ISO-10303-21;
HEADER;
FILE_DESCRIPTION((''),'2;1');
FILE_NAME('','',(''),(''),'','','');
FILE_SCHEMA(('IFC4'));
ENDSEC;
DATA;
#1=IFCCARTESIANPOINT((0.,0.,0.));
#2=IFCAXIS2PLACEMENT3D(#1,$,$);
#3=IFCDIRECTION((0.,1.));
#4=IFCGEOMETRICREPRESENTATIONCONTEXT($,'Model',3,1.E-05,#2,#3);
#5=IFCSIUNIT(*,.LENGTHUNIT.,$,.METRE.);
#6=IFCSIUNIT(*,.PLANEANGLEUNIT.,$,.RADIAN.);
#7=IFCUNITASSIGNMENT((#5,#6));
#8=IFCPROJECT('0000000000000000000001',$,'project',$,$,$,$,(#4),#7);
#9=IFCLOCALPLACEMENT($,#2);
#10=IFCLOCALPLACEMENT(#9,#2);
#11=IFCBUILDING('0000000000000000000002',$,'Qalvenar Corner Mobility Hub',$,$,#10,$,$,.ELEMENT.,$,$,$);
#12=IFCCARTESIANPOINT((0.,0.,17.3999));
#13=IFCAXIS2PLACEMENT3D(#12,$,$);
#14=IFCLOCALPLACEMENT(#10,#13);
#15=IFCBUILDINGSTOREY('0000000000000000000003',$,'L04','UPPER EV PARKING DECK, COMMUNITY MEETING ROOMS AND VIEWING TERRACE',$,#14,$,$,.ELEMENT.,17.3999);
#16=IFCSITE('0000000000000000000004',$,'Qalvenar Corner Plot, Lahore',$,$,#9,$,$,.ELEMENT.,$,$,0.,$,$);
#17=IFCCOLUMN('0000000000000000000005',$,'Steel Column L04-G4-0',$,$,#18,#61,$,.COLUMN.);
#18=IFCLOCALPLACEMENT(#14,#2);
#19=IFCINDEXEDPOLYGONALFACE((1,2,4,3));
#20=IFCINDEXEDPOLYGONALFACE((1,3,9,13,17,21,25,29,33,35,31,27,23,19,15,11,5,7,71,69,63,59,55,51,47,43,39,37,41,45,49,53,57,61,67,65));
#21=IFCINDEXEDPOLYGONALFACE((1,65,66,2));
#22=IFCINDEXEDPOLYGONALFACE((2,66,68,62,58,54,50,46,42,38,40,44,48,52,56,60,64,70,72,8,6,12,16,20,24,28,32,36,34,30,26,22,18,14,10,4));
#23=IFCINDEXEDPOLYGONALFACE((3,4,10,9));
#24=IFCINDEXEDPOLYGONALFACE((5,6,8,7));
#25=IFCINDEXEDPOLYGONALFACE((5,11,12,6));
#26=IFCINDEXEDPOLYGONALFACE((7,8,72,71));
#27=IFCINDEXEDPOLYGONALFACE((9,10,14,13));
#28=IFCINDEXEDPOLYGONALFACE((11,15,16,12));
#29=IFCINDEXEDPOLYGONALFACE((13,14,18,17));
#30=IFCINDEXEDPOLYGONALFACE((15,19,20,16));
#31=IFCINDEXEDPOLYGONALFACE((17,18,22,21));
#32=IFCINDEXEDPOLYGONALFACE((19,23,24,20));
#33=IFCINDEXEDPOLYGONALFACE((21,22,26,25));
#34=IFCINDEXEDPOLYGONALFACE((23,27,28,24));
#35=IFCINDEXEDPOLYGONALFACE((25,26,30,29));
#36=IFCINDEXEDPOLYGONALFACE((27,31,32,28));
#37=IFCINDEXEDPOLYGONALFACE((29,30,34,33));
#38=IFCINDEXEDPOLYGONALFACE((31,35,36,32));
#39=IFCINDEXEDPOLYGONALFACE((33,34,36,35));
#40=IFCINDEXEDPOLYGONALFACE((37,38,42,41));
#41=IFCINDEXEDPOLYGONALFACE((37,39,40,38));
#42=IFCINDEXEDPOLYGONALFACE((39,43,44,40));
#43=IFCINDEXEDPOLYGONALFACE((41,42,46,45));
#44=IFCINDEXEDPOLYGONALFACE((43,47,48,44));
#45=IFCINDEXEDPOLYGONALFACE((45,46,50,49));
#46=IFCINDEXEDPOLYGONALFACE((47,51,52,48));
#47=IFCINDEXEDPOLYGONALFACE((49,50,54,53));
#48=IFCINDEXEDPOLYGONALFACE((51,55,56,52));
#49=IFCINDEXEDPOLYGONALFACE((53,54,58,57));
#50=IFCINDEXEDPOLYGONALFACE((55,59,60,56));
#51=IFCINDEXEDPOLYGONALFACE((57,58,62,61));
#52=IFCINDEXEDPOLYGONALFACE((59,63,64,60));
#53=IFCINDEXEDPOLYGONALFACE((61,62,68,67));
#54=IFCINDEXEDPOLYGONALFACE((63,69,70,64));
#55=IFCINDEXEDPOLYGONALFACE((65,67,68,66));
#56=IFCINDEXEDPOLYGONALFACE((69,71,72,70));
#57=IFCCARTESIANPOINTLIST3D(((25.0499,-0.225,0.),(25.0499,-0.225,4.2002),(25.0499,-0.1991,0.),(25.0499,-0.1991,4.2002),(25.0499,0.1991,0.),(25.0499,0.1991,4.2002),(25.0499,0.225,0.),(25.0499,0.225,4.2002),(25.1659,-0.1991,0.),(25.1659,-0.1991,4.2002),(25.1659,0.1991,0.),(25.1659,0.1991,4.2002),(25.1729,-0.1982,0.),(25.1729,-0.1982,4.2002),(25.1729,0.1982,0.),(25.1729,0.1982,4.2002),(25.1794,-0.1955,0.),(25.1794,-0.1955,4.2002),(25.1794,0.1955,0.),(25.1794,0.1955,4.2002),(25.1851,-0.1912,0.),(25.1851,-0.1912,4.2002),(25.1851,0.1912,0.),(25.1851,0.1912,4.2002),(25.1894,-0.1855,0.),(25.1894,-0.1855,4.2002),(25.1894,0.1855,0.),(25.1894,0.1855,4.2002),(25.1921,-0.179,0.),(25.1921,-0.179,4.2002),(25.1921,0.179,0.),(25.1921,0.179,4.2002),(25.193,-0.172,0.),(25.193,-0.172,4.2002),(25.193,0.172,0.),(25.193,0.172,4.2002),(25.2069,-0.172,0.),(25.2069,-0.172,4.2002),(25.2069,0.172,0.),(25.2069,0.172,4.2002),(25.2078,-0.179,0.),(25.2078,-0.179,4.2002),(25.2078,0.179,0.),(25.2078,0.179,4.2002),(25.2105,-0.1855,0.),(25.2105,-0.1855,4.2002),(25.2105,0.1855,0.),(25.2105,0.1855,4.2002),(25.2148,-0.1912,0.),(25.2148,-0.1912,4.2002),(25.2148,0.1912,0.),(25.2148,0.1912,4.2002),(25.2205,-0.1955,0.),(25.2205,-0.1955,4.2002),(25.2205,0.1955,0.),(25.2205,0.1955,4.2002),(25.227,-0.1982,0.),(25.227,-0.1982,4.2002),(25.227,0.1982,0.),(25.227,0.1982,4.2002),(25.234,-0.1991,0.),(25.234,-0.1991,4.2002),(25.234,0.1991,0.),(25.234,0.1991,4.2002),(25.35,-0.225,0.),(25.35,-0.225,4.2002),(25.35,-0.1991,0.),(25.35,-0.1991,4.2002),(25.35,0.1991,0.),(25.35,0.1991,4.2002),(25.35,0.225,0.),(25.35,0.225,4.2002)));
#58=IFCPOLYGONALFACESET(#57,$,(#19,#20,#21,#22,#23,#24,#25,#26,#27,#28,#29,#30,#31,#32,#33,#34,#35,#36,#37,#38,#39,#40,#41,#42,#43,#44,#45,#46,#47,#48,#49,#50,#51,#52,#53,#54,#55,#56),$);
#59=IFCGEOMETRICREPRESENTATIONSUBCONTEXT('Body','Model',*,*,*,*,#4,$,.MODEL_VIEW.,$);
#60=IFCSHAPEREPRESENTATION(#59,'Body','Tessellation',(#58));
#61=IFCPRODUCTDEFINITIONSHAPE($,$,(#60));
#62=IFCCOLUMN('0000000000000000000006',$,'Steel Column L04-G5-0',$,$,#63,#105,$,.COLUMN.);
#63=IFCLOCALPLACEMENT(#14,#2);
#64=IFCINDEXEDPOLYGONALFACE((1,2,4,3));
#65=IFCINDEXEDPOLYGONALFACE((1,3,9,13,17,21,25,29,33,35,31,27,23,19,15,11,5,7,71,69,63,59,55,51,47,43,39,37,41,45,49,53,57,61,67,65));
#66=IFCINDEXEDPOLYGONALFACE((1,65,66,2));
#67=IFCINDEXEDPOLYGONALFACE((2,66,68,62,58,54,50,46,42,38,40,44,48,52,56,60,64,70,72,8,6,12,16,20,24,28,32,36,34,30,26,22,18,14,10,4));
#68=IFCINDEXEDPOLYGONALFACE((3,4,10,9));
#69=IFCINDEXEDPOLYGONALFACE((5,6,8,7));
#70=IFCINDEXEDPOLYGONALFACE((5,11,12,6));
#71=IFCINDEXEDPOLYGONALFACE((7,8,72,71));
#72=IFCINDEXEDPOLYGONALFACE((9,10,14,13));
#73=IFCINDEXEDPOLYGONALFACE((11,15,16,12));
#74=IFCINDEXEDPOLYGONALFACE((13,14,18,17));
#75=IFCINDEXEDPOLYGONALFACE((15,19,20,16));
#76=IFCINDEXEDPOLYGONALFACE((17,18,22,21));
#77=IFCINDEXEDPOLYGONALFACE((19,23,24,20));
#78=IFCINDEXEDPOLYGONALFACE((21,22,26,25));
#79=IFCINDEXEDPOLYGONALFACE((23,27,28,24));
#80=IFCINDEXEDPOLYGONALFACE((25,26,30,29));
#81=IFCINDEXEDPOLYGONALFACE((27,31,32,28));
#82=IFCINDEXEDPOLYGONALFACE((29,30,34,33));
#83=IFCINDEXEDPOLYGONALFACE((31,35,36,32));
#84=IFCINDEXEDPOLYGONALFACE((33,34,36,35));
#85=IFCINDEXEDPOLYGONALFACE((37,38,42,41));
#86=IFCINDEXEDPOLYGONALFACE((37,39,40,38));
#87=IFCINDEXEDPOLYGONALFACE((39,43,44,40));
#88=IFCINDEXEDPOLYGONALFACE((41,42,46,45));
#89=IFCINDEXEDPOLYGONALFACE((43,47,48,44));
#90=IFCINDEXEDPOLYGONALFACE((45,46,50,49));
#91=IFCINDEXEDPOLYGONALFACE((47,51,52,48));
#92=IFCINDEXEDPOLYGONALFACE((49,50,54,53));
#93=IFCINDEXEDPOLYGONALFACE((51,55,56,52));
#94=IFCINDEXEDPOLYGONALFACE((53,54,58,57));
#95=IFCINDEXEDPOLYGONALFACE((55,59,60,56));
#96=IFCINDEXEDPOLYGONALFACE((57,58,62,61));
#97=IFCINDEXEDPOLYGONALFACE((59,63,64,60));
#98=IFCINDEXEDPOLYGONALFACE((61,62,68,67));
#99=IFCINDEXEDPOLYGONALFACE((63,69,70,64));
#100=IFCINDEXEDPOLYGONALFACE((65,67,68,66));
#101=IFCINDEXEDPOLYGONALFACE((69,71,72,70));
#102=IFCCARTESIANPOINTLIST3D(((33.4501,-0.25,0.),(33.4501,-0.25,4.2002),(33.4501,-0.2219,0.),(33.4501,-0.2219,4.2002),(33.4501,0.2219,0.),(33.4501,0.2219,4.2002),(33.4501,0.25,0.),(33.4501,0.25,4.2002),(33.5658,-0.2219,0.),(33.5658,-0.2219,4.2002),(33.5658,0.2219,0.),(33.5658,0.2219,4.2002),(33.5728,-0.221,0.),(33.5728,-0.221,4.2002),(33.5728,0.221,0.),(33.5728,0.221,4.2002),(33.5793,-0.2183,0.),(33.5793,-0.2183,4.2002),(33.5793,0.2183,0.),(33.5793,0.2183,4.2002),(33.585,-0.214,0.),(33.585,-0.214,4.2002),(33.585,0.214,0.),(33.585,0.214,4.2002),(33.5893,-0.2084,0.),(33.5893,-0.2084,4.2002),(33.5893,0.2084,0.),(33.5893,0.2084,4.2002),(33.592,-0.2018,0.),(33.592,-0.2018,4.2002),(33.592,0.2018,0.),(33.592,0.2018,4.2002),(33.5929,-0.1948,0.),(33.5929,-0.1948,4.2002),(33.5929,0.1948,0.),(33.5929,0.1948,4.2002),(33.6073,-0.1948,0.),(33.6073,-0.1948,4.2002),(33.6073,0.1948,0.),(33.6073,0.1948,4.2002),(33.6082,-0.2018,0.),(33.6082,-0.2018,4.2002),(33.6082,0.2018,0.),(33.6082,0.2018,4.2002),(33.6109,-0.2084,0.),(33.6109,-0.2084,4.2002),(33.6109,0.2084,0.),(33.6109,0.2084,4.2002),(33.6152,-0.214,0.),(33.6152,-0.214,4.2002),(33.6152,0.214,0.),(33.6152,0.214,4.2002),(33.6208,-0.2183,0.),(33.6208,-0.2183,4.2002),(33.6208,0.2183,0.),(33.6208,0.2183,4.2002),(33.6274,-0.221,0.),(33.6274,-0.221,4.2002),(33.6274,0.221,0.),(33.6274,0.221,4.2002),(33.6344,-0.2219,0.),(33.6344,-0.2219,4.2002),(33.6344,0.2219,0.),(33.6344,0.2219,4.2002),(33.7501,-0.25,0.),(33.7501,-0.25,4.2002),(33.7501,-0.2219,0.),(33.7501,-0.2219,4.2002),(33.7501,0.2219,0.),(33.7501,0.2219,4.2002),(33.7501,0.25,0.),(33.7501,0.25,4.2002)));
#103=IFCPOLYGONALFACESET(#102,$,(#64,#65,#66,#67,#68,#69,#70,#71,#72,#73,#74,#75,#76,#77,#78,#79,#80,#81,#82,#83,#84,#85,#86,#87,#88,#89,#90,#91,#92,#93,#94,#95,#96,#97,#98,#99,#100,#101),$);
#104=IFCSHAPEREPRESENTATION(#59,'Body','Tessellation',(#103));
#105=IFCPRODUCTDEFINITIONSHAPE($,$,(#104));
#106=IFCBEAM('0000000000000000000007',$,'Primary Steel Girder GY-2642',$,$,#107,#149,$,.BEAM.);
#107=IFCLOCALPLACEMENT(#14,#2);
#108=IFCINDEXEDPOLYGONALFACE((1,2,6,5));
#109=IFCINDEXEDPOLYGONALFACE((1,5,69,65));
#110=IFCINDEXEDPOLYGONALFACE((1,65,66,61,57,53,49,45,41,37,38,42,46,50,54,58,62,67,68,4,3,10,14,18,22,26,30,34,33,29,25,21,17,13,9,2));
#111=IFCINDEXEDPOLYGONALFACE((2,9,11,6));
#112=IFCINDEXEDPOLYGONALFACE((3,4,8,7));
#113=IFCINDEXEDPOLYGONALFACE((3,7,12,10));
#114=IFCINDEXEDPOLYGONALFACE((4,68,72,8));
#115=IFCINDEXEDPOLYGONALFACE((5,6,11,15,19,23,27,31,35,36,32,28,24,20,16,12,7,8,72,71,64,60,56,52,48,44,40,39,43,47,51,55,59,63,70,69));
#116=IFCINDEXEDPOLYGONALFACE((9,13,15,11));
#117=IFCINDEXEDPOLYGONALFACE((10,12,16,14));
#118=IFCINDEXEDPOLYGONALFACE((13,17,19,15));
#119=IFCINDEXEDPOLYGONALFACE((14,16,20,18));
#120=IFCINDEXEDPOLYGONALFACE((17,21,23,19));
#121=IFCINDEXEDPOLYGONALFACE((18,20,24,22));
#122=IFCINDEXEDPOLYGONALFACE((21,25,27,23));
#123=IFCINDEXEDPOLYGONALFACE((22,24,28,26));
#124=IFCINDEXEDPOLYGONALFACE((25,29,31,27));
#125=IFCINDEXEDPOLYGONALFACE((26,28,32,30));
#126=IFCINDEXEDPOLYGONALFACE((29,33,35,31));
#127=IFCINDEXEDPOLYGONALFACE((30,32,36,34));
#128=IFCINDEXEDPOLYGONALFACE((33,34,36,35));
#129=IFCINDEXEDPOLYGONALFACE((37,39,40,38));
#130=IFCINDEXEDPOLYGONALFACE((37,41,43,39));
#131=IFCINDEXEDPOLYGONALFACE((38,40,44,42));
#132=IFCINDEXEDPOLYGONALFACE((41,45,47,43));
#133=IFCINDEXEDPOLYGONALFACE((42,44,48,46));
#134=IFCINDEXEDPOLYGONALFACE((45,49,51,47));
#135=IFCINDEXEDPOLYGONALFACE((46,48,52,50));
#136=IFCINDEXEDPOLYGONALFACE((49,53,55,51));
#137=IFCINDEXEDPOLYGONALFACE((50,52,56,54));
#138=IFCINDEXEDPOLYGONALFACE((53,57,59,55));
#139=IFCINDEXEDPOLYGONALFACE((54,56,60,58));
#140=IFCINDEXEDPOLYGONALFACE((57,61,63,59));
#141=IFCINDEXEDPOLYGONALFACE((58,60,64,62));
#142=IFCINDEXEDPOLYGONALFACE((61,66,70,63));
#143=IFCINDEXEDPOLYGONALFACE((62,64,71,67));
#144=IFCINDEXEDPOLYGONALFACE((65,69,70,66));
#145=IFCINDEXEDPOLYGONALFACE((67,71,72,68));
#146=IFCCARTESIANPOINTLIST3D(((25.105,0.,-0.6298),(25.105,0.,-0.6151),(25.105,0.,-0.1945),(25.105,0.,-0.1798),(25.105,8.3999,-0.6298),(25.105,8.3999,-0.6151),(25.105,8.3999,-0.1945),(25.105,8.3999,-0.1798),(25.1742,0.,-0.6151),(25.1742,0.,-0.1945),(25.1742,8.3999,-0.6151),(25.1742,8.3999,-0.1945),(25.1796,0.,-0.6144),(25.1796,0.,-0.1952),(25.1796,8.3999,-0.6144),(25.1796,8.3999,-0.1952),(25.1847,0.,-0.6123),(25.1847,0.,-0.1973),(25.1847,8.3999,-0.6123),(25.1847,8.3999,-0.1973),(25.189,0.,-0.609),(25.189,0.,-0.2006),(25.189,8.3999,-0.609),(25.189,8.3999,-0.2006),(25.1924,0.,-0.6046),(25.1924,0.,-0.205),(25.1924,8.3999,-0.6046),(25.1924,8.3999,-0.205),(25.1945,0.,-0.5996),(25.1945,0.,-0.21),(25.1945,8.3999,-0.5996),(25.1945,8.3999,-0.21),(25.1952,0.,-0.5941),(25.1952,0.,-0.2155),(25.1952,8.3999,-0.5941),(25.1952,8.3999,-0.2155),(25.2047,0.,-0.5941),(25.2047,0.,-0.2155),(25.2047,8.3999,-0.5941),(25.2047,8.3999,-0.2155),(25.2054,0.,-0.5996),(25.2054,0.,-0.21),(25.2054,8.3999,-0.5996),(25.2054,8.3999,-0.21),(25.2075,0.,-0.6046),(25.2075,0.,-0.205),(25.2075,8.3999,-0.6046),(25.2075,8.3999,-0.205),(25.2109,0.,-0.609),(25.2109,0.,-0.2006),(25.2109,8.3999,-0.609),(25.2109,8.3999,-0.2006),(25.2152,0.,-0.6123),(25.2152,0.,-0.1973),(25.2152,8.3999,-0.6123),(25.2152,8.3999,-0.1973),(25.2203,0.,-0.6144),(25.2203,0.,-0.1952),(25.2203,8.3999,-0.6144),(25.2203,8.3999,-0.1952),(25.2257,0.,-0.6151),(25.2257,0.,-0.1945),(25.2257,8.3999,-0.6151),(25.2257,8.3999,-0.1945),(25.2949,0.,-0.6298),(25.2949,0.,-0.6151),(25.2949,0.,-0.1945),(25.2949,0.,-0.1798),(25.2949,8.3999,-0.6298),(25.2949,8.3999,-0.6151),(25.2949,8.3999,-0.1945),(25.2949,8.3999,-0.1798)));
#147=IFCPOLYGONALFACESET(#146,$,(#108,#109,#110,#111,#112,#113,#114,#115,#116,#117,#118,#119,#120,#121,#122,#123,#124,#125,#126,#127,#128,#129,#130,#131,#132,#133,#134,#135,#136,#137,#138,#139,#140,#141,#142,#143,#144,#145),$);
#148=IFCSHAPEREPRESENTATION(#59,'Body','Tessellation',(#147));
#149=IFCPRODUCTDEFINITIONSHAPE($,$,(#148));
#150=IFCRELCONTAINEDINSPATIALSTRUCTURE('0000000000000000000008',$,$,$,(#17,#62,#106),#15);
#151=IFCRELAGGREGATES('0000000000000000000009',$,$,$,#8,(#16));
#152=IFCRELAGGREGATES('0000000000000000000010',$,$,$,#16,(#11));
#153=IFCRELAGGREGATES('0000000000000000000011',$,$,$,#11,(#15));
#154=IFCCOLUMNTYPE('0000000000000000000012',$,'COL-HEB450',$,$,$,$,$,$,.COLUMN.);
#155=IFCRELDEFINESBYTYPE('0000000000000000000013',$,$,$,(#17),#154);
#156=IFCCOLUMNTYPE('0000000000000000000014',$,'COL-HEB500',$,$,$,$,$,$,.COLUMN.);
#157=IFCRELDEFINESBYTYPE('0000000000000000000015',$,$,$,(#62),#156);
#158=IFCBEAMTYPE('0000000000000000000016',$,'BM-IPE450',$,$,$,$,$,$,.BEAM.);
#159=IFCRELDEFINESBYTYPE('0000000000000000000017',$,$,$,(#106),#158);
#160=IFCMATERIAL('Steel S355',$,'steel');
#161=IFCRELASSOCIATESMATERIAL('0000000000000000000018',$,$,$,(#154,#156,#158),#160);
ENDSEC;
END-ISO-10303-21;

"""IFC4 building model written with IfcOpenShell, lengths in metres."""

from ifc_helpers import new_model, si_unit, direction, frame, origin, origin_2d, place, context, subcontext, project, spatial, i_section, extrude, material, material_profile, profile_set, type_object, element, save


model = new_model("IFC4")

# Units and contexts
model_context = context("Model", 3, precision=1e-05, world=origin(), true_north=direction((0.0, 1.0)))
body_context = subcontext(model_context, "Body", "Model", "MODEL_VIEW")
ifc_project = project(units=[si_unit("LENGTHUNIT", "METRE"), si_unit("PLANEANGLEUNIT", "RADIAN")], contexts=[model_context])

# Site, building, storey
site_placement = place(None, origin())
site = spatial("IfcSite", under=ifc_project, at=site_placement, Name="Qalvenar Corner Plot, Lahore", CompositionType="ELEMENT", RefElevation=0.0)
building_placement = place(site_placement, origin())
building = spatial("IfcBuilding", under=site, at=building_placement, Name="Qalvenar Corner Mobility Hub", CompositionType="ELEMENT")
storey_placement = place(building_placement, frame((0.0, 0.0, 17.3999)))
storey = spatial("IfcBuildingStorey", under=building, at=storey_placement, Name="L04", Description="UPPER EV PARKING DECK, COMMUNITY MEETING ROOMS AND VIEWING TERRACE", CompositionType="ELEMENT", Elevation=17.3999)

# Columns
ifc_material_1 = material(Name="Steel S355", Category="steel")
ifc_material_profile_1 = material_profile(ifc_material_1, i_section(OverallWidth=0.3, OverallDepth=0.45, WebThickness=0.0139, FlangeThickness=0.0259, FilletRadius=0.0271, at=origin_2d()), Name="HEB450")
ifc_profile_set_1 = profile_set([ifc_material_profile_1], Name="Steel S355")
column_type_1 = type_object("IfcColumnType", Name="COL-HEB450", PredefinedType="COLUMN", material=ifc_profile_set_1)
column_1_placement = place(storey_placement, frame((25.2, 0.0, 0.0), z_axis=(0.0, 0.0, 1.0), x_axis=(1.0, 0.0, 0.0)))
element("IfcColumn", 1, at=column_1_placement, inside=storey, type_object=column_type_1, Name="Steel Column L04-G4-0", PredefinedType="COLUMN", context=body_context, shape_type="SweptSolid", body=[
    extrude(i_section(OverallWidth=0.3, OverallDepth=0.45, WebThickness=0.0139, FlangeThickness=0.0259, FilletRadius=0.0271, at=origin_2d()), origin(), (0.0, 0.0, 1.0), 4.2002),
])
ifc_material_profile_2 = material_profile(ifc_material_1, i_section(OverallWidth=0.3, OverallDepth=0.5, WebThickness=0.0144, FlangeThickness=0.0281, FilletRadius=0.0271, at=origin_2d()), Name="HEB500")
ifc_profile_set_2 = profile_set([ifc_material_profile_2], Name="Steel S355")
column_type_2 = type_object("IfcColumnType", Name="COL-HEB500", PredefinedType="COLUMN", material=ifc_profile_set_2)
column_2_placement = place(storey_placement, frame((33.6001, 0.0, 0.0), z_axis=(0.0, 0.0, 1.0), x_axis=(1.0, 0.0, 0.0)))
element("IfcColumn", 2, at=column_2_placement, inside=storey, type_object=column_type_2, Name="Steel Column L04-G5-0", PredefinedType="COLUMN", context=body_context, shape_type="SweptSolid", body=[
    extrude(i_section(OverallWidth=0.3, OverallDepth=0.5, WebThickness=0.0144, FlangeThickness=0.0281, FilletRadius=0.0271, at=origin_2d()), origin(), (0.0, 0.0, 1.0), 4.2002),
])

# Beam
ifc_material_profile_3 = material_profile(ifc_material_1, i_section(OverallWidth=0.1899, OverallDepth=0.45, WebThickness=0.0095, FlangeThickness=0.0146, FilletRadius=0.021, at=origin_2d()), Name="IPE450")
ifc_profile_set_3 = profile_set([ifc_material_profile_3], Name="Steel S355")
beam_type_1 = type_object("IfcBeamType", Name="BM-IPE450", PredefinedType="BEAM", material=ifc_profile_set_3)
beam_1_placement = place(storey_placement, frame((25.2, 0.0, -0.4048), z_axis=(0.0, 1.0, 0.0), x_axis=(-1.0, 0.0, 0.0)))
element("IfcBeam", 3, at=beam_1_placement, inside=storey, type_object=beam_type_1, Name="Primary Steel Girder GY-2642", PredefinedType="BEAM", context=body_context, shape_type="SweptSolid", body=[
    extrude(i_section(OverallWidth=0.1899, OverallDepth=0.45, WebThickness=0.0095, FlangeThickness=0.0146, FilletRadius=0.021, at=origin_2d()), origin(), (0.0, 0.0, 1.0), 8.3999),
])

save(model, "model.ifc")
